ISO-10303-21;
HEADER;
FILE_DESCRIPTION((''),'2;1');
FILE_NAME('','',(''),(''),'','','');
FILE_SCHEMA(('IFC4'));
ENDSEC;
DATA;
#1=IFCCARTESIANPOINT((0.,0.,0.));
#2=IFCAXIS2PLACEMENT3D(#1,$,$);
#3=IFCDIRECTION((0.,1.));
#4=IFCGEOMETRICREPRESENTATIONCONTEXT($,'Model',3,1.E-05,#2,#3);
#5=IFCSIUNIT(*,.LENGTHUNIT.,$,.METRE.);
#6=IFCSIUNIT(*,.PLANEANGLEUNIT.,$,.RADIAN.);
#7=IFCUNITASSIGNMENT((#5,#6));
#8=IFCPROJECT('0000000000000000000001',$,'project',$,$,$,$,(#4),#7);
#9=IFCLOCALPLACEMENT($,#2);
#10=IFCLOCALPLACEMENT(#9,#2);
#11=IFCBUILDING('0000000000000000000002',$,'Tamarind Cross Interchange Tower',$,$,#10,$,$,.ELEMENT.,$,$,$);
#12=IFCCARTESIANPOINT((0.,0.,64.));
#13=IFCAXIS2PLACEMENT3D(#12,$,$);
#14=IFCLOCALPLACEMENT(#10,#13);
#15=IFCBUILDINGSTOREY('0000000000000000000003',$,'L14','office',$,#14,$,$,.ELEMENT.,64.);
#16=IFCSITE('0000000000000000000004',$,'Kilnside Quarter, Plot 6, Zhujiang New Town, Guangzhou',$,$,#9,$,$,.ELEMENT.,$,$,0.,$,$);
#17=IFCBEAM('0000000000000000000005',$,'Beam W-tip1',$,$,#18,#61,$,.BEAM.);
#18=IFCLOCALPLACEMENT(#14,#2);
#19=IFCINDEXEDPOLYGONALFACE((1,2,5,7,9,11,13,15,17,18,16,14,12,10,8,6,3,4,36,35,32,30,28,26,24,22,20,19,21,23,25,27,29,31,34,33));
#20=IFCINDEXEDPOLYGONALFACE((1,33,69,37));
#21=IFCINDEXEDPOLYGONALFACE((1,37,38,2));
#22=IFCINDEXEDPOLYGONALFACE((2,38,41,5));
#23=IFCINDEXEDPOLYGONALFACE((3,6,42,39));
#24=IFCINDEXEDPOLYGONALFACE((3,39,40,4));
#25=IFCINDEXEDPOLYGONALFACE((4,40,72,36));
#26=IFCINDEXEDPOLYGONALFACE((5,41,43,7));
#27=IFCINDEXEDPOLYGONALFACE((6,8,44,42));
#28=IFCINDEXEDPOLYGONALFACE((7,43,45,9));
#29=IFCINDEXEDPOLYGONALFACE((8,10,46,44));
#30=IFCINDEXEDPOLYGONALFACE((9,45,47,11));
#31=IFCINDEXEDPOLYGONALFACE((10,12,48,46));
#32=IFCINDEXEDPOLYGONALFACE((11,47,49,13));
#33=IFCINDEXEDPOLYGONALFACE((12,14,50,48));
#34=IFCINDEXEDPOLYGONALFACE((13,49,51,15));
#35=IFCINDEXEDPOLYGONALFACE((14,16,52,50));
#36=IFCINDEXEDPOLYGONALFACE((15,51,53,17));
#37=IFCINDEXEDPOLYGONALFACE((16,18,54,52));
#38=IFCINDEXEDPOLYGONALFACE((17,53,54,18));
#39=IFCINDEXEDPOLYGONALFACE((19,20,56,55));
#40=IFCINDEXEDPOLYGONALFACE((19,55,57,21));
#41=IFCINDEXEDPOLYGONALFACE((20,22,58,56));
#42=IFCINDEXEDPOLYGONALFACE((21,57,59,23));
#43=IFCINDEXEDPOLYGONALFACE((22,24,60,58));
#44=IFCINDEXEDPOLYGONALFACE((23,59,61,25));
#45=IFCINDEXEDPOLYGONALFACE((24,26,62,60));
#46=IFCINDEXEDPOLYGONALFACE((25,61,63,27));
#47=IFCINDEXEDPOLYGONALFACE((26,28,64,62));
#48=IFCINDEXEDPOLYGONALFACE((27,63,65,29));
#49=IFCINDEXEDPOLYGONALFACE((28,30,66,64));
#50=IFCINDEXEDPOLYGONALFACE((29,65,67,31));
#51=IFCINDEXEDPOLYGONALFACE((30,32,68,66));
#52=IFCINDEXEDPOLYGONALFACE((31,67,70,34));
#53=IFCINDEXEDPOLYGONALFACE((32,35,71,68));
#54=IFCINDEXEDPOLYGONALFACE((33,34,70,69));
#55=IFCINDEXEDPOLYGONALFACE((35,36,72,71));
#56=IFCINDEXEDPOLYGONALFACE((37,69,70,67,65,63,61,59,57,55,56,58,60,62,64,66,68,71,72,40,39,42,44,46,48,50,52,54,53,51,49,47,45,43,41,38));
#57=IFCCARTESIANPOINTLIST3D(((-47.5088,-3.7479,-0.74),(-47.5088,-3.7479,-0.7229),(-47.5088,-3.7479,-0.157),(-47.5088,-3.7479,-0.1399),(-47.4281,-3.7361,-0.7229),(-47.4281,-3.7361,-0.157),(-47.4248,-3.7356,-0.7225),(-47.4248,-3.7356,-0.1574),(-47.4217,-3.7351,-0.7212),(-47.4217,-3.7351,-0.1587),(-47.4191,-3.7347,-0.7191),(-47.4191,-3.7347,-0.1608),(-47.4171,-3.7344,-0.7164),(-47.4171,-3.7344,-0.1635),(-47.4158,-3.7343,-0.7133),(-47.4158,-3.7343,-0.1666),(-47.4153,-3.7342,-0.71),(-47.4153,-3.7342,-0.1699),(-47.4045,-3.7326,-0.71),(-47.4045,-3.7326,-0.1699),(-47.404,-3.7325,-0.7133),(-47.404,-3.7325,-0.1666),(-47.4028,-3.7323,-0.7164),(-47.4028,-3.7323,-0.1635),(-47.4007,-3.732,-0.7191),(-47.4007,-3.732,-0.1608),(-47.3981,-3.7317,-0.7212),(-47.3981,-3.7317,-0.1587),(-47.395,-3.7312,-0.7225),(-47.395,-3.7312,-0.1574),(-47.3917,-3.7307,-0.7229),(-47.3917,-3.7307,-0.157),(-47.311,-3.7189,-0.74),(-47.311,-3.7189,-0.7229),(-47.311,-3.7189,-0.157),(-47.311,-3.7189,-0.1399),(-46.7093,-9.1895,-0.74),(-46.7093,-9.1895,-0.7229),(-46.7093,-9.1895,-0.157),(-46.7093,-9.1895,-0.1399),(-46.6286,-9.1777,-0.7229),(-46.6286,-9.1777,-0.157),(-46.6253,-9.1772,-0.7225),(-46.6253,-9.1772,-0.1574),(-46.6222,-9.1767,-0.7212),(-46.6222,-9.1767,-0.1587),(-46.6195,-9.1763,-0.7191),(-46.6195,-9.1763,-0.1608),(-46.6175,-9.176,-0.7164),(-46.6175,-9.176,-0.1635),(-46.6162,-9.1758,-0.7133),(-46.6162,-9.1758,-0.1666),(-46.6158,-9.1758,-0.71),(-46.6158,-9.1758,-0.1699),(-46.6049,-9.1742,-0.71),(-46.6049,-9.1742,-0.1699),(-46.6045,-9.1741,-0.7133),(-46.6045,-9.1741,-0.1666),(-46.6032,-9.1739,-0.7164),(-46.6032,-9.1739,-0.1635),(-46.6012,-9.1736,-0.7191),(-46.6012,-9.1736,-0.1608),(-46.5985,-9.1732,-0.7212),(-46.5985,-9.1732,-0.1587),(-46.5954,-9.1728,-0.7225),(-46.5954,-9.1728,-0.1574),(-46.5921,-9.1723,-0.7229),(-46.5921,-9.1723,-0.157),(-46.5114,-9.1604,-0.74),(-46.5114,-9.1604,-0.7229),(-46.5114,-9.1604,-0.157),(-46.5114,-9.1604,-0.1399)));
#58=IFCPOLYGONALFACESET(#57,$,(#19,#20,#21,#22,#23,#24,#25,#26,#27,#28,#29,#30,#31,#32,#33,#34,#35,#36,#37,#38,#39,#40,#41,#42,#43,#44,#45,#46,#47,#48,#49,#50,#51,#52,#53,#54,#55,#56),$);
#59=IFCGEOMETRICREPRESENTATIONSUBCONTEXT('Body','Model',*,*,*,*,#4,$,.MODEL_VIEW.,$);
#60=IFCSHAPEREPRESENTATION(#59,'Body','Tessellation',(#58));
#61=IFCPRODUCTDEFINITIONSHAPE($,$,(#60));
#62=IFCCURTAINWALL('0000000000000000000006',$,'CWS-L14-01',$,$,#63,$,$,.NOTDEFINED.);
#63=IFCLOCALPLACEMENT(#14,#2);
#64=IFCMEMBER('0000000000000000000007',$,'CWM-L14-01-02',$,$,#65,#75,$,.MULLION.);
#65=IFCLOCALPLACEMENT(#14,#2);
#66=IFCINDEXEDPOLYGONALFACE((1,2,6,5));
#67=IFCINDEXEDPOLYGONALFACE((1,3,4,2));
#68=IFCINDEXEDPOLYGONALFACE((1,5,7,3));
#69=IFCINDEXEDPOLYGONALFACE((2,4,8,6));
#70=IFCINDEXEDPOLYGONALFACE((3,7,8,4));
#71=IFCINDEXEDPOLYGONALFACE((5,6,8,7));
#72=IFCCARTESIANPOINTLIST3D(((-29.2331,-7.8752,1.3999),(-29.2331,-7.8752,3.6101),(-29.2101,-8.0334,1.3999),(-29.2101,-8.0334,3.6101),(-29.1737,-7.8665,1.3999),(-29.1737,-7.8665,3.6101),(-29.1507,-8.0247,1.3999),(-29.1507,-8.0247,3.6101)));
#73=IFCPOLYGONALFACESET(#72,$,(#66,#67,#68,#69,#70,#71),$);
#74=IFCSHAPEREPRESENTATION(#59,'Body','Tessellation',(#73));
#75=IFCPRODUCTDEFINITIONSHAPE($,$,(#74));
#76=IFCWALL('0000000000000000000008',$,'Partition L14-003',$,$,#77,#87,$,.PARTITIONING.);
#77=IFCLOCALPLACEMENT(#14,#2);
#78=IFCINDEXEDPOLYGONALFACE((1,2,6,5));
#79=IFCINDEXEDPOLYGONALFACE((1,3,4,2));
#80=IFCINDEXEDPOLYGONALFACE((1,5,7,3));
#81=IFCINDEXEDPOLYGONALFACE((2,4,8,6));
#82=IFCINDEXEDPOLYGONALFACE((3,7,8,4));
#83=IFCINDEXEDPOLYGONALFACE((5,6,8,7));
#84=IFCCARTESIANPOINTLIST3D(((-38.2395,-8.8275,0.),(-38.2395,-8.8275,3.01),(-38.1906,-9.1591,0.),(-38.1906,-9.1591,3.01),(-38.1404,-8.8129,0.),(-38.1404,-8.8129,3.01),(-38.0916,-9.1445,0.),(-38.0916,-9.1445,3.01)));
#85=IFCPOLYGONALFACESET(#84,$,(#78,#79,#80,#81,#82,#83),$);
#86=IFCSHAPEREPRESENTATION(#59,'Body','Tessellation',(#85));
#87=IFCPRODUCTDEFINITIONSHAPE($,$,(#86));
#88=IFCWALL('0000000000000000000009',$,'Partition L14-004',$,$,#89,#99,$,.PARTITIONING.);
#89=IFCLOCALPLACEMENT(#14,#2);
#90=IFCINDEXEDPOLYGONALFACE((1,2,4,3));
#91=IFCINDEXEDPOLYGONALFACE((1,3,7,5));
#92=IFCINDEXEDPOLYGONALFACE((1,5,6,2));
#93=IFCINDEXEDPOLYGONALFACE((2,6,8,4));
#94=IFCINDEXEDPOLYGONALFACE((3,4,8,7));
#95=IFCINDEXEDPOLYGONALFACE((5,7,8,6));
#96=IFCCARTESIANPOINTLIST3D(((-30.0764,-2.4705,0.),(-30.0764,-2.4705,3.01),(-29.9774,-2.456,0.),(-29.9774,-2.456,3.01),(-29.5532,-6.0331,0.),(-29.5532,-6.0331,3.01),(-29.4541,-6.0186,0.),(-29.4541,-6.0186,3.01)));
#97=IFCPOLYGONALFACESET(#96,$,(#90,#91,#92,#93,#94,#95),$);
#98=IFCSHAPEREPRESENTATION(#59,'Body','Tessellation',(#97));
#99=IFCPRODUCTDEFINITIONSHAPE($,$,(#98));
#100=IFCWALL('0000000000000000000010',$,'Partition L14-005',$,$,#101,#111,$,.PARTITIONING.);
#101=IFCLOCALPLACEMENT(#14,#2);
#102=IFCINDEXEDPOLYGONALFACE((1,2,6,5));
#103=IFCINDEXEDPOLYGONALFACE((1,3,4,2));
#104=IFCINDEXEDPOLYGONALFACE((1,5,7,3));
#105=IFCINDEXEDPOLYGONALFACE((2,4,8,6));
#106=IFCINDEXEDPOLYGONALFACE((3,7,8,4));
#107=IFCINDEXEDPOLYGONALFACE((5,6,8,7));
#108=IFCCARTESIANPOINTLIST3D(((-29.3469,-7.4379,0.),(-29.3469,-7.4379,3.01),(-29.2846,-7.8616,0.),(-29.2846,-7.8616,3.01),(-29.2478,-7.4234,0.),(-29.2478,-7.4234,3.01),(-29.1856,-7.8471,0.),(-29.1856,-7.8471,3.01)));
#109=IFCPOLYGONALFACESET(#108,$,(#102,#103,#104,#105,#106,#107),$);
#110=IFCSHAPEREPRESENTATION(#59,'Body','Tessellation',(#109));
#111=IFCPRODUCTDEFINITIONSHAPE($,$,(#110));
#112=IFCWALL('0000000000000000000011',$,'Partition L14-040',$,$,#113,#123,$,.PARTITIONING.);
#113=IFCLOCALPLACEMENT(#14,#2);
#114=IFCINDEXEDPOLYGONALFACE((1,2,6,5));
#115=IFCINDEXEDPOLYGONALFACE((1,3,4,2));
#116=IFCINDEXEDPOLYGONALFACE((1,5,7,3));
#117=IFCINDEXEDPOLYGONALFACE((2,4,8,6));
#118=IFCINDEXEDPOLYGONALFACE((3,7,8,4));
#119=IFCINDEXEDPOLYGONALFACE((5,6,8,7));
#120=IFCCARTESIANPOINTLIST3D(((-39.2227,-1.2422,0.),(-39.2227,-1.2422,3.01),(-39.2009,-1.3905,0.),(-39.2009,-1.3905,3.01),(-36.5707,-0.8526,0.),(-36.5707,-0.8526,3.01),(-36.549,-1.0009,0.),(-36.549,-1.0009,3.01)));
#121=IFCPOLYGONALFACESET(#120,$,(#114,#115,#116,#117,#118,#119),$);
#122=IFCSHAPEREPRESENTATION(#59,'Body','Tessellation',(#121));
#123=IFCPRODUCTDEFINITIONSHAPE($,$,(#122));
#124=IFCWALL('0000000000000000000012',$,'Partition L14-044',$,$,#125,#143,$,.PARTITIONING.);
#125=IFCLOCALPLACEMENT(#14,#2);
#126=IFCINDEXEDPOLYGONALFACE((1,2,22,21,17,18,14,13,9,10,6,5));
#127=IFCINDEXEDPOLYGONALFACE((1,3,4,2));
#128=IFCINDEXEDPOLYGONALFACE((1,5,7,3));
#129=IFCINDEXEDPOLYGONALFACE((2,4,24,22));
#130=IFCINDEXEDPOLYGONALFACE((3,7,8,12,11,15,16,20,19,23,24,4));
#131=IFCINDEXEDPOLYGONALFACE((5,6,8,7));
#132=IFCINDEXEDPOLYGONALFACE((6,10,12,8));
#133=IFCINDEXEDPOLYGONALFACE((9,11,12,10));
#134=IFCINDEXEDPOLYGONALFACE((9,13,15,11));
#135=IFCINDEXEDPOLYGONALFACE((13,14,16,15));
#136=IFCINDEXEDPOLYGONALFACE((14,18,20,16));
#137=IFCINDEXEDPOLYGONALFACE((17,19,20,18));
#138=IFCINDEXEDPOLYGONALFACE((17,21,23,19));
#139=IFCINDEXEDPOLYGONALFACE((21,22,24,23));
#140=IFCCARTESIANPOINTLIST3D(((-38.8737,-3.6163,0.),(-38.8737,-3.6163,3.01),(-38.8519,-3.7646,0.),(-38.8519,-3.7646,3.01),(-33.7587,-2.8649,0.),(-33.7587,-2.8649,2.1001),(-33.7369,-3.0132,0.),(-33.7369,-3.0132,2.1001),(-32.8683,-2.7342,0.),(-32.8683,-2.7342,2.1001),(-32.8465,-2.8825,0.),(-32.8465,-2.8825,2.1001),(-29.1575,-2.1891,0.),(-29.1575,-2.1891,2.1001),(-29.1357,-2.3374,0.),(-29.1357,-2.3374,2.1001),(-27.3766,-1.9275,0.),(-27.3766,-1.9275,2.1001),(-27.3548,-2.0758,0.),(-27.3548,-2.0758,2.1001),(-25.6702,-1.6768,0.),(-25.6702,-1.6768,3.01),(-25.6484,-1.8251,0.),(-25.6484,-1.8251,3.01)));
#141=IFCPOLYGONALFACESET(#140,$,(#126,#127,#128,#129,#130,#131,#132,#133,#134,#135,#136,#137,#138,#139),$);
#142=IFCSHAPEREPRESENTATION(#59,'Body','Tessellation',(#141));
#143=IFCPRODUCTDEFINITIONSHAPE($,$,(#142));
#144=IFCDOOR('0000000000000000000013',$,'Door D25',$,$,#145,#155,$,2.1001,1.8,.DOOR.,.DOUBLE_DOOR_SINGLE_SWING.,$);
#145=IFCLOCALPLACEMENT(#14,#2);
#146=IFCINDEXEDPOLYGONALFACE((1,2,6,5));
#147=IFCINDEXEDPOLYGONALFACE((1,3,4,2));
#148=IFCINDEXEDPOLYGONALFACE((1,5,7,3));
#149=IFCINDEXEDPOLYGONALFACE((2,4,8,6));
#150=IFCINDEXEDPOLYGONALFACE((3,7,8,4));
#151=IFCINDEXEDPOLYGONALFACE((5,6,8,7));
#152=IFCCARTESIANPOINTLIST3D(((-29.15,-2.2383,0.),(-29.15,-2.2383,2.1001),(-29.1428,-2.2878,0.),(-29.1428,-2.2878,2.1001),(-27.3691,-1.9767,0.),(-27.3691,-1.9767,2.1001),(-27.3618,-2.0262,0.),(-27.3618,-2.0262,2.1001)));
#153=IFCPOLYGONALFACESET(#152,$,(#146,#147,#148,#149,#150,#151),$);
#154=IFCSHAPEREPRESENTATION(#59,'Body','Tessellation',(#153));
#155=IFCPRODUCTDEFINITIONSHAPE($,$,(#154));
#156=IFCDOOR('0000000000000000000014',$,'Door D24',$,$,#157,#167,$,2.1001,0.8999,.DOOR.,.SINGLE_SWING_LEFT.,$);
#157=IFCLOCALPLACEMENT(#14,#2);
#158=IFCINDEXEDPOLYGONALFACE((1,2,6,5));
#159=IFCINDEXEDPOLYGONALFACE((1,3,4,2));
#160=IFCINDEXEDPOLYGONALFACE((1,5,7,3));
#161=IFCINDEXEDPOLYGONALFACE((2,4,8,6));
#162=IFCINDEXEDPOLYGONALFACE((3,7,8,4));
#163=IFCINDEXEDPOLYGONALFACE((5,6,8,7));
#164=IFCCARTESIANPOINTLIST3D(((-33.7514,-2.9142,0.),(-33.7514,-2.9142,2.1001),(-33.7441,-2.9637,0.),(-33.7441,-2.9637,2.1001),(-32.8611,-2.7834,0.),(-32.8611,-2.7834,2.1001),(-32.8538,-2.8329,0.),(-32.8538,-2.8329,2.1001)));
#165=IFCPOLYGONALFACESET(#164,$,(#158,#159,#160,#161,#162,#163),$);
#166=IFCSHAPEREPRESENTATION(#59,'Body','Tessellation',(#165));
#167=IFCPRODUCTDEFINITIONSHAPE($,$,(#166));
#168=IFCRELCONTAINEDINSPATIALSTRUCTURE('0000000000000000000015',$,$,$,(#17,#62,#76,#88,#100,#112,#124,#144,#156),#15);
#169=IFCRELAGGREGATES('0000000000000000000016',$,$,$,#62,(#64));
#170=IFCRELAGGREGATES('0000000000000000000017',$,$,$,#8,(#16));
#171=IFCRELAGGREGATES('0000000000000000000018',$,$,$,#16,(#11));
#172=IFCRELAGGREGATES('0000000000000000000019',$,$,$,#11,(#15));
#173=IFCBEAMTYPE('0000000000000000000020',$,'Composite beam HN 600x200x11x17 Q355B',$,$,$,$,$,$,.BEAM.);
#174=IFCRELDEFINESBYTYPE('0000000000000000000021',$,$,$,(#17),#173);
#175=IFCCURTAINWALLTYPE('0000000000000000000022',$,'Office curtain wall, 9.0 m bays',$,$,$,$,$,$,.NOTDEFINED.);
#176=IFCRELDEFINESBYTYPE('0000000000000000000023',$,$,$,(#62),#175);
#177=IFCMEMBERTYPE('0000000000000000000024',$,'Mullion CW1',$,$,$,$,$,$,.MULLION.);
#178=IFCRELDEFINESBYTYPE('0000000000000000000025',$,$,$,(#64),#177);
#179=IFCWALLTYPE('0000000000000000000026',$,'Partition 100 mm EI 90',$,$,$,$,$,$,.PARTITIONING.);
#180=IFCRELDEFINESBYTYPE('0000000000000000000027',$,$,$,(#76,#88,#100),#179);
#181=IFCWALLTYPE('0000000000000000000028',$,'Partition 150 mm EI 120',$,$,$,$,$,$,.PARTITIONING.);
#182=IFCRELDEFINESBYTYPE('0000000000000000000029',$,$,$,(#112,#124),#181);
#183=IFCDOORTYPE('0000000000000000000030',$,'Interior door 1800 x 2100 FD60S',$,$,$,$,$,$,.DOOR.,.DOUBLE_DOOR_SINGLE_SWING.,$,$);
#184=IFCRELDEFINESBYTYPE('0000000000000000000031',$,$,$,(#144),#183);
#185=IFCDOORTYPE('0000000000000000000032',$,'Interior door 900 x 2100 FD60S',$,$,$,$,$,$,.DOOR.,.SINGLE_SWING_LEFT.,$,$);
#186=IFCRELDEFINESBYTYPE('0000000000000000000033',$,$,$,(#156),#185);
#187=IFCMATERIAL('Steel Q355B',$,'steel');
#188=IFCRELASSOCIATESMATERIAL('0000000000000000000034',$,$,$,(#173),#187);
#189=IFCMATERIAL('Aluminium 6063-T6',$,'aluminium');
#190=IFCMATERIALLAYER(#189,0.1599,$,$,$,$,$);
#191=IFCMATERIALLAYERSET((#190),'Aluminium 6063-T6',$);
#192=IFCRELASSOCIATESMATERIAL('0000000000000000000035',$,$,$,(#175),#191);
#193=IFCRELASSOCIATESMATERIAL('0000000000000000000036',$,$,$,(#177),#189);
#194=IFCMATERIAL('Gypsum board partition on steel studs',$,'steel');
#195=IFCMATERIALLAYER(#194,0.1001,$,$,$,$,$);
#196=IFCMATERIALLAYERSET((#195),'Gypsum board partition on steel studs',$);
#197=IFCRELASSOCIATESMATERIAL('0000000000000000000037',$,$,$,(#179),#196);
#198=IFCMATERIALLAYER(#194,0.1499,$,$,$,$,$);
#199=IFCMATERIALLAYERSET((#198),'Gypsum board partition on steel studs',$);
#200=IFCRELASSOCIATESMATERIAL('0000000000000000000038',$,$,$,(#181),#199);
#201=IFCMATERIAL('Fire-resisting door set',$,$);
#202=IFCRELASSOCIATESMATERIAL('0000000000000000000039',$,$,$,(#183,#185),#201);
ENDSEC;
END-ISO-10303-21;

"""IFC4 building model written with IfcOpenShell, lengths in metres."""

from ifc_helpers import new_model, si_unit, direction, frame, frame_2d, origin, origin_2d, place, context, subcontext, project, spatial, rectangle, i_section, extrude, material, layer, layer_set, material_profile, profile_set, type_object, element, fill, aggregate, save


model = new_model("IFC4")

# Units and contexts
model_context = context("Model", 3, precision=1e-05, world=origin(), true_north=direction((0.0, 1.0)))
body_context = subcontext(model_context, "Body", "Model", "MODEL_VIEW")
ifc_project = project(units=[si_unit("LENGTHUNIT", "METRE"), si_unit("PLANEANGLEUNIT", "RADIAN")], contexts=[model_context])

# Site, building, storey
site_placement = place(None, origin())
site = spatial("IfcSite", under=ifc_project, at=site_placement, Name="Kilnside Quarter, Plot 6, Zhujiang New Town, Guangzhou", CompositionType="ELEMENT", RefElevation=0.0)
building_placement = place(site_placement, origin())
building = spatial("IfcBuilding", under=site, at=building_placement, Name="Tamarind Cross Interchange Tower", CompositionType="ELEMENT")
storey_placement = place(building_placement, frame((0.0, 0.0, 64.0)))
storey = spatial("IfcBuildingStorey", under=building, at=storey_placement, Name="L14", Description="office", CompositionType="ELEMENT", Elevation=64.0)

# Beam
ifc_material_1 = material(Name="Steel Q355B", Category="steel")
ifc_material_profile_1 = material_profile(ifc_material_1, i_section(OverallWidth=0.2, OverallDepth=0.6001, WebThickness=0.011, FlangeThickness=0.0171, FilletRadius=0.0129, at=origin_2d()), Name="HN 600x200x11x17")
ifc_profile_set_1 = profile_set([ifc_material_profile_1], Name="Steel Q355B")
beam_type_1 = type_object("IfcBeamType", Name="Composite beam HN 600x200x11x17 Q355B", PredefinedType="BEAM", material=ifc_profile_set_1)
beam_1_placement = place(storey_placement, frame((-47.4099, -3.7334, -0.4399), z_axis=(0.145373, -0.989377, 0.0), x_axis=(0.989377, 0.145373, 0.0)))
element("IfcBeam", 1, at=beam_1_placement, inside=storey, type_object=beam_type_1, Name="Beam W-tip1", PredefinedType="BEAM", context=body_context, shape_type="SweptSolid", body=[
    extrude(i_section(OverallWidth=0.2, OverallDepth=0.6001, WebThickness=0.011, FlangeThickness=0.0171, FilletRadius=0.0129, at=origin_2d()), origin(), (0.0, 0.0, 1.0), 5.5),
])

# Curtain wall, member
ifc_material_2 = material(Name="Aluminium 6063-T6", Category="aluminium")
ifc_layer_1 = layer(ifc_material_2, 0.1599)
ifc_layer_set_1 = layer_set([ifc_layer_1], Name="Aluminium 6063-T6")
curtain_wall_type = type_object("IfcCurtainWallType", Name="Office curtain wall, 9.0 m bays", PredefinedType="NOTDEFINED", material=ifc_layer_set_1)
curtain_wall_placement = place(storey_placement, origin())
curtain_wall = element("IfcCurtainWall", 2, at=curtain_wall_placement, inside=storey, type_object=curtain_wall_type, Name="CWS-L14-01", PredefinedType="NOTDEFINED")
ifc_material_profile_2 = material_profile(ifc_material_2, rectangle(XDim=0.0601, YDim=0.1599, at=origin_2d()), Name="Mullion CW1")
ifc_profile_set_2 = profile_set([ifc_material_profile_2], Name="Aluminium 6063-T6")
member_type = type_object("IfcMemberType", Name="Mullion CW1", PredefinedType="MULLION", material=ifc_profile_set_2)
member_placement = place(storey_placement, frame((-29.1919, -7.95, 1.3999), z_axis=(0.0, 0.0, 1.0), x_axis=(0.98955, 0.144187, 0.0)))
member = element("IfcMember", 3, at=member_placement, type_object=member_type, Name="CWM-L14-01-02", PredefinedType="MULLION", context=body_context, shape_type="SweptSolid", body=[
    extrude(rectangle(XDim=0.0601, YDim=0.1599, at=origin_2d()), origin(), (0.0, 0.0, 1.0), 2.2102),
])
aggregate(curtain_wall, [member])

# Walls
ifc_material_3 = material(Name="Gypsum board partition on steel studs", Category="steel")
ifc_layer_2 = layer(ifc_material_3, 0.1001)
ifc_layer_set_2 = layer_set([ifc_layer_2], Name="Gypsum board partition on steel studs")
wall_type_1 = type_object("IfcWallType", Name="Partition 100 mm EI 90", PredefinedType="PARTITIONING", material=ifc_layer_set_2)
wall_1_placement = place(storey_placement, frame((-38.1899, -8.8203, 0.0), z_axis=(0.0, 0.0, 1.0), x_axis=(0.145704, -0.989328, 0.0)))
element("IfcWall", 4, at=wall_1_placement, inside=storey, type_object=wall_type_1, Name="Partition L14-003", PredefinedType="PARTITIONING", context=body_context, shape_type="SweptSolid", body=[
    extrude(rectangle(XDim=0.3352, YDim=0.1001, at=frame_2d((0.1675, 0.0))), origin(), (0.0, 0.0, 1.0), 3.01),
])
wall_2_placement = place(storey_placement, frame((-30.0269, -2.4634, 0.0), z_axis=(0.0, 0.0, 1.0), x_axis=(0.145303, -0.989387, 0.0)))
element("IfcWall", 5, at=wall_2_placement, inside=storey, type_object=wall_type_1, Name="Partition L14-004", PredefinedType="PARTITIONING", context=body_context, shape_type="SweptSolid", body=[
    extrude(rectangle(XDim=3.6008, YDim=0.1001, at=frame_2d((1.8003, 0.0))), origin(), (0.0, 0.0, 1.0), 3.01),
])
wall_3_placement = place(storey_placement, frame((-29.2974, -7.4307, 0.0), z_axis=(0.0, 0.0, 1.0), x_axis=(0.145412, -0.989371, 0.0)))
element("IfcWall", 6, at=wall_3_placement, inside=storey, type_object=wall_type_1, Name="Partition L14-005", PredefinedType="PARTITIONING", context=body_context, shape_type="SweptSolid", body=[
    extrude(rectangle(XDim=0.4282, YDim=0.1001, at=frame_2d((0.2141, 0.0))), origin(), (0.0, 0.0, 1.0), 3.01),
])
ifc_layer_3 = layer(ifc_material_3, 0.1499)
ifc_layer_set_3 = layer_set([ifc_layer_3], Name="Gypsum board partition on steel studs")
wall_type_2 = type_object("IfcWallType", Name="Partition 150 mm EI 120", PredefinedType="PARTITIONING", material=ifc_layer_set_3)
wall_4_placement = place(storey_placement, frame((-39.2119, -1.3164, 0.0), z_axis=(0.0, 0.0, 1.0), x_axis=(0.989377, 0.145373, 0.0)))
element("IfcWall", 7, at=wall_4_placement, inside=storey, type_object=wall_type_2, Name="Partition L14-040", PredefinedType="PARTITIONING", context=body_context, shape_type="SweptSolid", body=[
    extrude(rectangle(XDim=2.6804, YDim=0.1499, at=frame_2d((1.3403, 0.0))), origin(), (0.0, 0.0, 1.0), 3.01),
])

# Wall, openings, doors
wall_5_placement = place(storey_placement, frame((-38.8628, -3.6904, 0.0), z_axis=(0.0, 0.0, 1.0), x_axis=(0.989383, 0.145329, 0.0)))
wall_5 = element("IfcWall", 8, at=wall_5_placement, inside=storey, type_object=wall_type_2, Name="Partition L14-044", PredefinedType="PARTITIONING", context=body_context, shape_type="SweptSolid", body=[
    extrude(rectangle(XDim=13.3452, YDim=0.1499, at=frame_2d((6.6726, 0.0))), origin(), (0.0, 0.0, 1.0), 3.01),
])
opening_1_placement = place(wall_5_placement, frame((5.1699, 0.0, 0.0)))
opening_1 = element("IfcOpeningElement", 9, at=opening_1_placement, cuts=wall_5, PredefinedType="OPENING", context=body_context, shape_type="SweptSolid", body=[
    extrude(rectangle(XDim=0.8999, YDim=2.1001, at=frame_2d((0.45, 1.05))), frame((0.0, 0.085, 0.0), z_axis=(0.0, -1.0, 0.0), x_axis=(1.0, 0.0, 0.0)), (0.0, 0.0, 1.0), 0.1699),
])
opening_2_placement = place(wall_5_placement, frame((9.8206, 0.0, 0.0)))
opening_2 = element("IfcOpeningElement", 10, at=opening_2_placement, cuts=wall_5, PredefinedType="OPENING", context=body_context, shape_type="SweptSolid", body=[
    extrude(rectangle(XDim=1.8, YDim=2.1001, at=frame_2d((0.8999, 1.05))), frame((0.0, 0.085, 0.0), z_axis=(0.0, -1.0, 0.0), x_axis=(1.0, 0.0, 0.0)), (0.0, 0.0, 1.0), 0.1699),
])
ifc_material_4 = material(Name="Fire-resisting door set")
door_type_1 = type_object("IfcDoorType", Name="Interior door 1800 x 2100 FD60S", OperationType="DOUBLE_DOOR_SINGLE_SWING", PredefinedType="DOOR", material=ifc_material_4)
door_1_placement = place(opening_2_placement, frame((1.8, 0.0, 0.0), z_axis=(0.0, 0.0, 1.0), x_axis=(-1.0, 0.0, 0.0)))
door_1 = element("IfcDoor", 11, at=door_1_placement, inside=storey, type_object=door_type_1, Name="Door D25", OperationType="DOUBLE_DOOR_SINGLE_SWING", OverallHeight=2.1001, OverallWidth=1.8, PredefinedType="DOOR", context=body_context, shape_type="SweptSolid", body=[
    extrude(rectangle(XDim=1.8, YDim=2.1001, at=frame_2d((0.8999, 1.05))), frame((0.0, 0.0249, 0.0), z_axis=(0.0, -1.0, 0.0), x_axis=(1.0, 0.0, 0.0)), (0.0, 0.0, 1.0), 0.05),
])
fill(opening_2, door_1)
door_type_2 = type_object("IfcDoorType", Name="Interior door 900 x 2100 FD60S", OperationType="SINGLE_SWING_LEFT", PredefinedType="DOOR", material=ifc_material_4)
door_2_placement = place(opening_1_placement, frame((0.8999, 0.0, 0.0), z_axis=(0.0, 0.0, 1.0), x_axis=(-1.0, 0.0, 0.0)))
door_2 = element("IfcDoor", 12, at=door_2_placement, inside=storey, type_object=door_type_2, Name="Door D24", OperationType="SINGLE_SWING_LEFT", OverallHeight=2.1001, OverallWidth=0.8999, PredefinedType="DOOR", context=body_context, shape_type="SweptSolid", body=[
    extrude(rectangle(XDim=0.8999, YDim=2.1001, at=frame_2d((0.45, 1.05))), frame((0.0, 0.0249, 0.0), z_axis=(0.0, -1.0, 0.0), x_axis=(1.0, 0.0, 0.0)), (0.0, 0.0, 1.0), 0.05),
])
fill(opening_1, door_2)

save(model, "model.ifc")
